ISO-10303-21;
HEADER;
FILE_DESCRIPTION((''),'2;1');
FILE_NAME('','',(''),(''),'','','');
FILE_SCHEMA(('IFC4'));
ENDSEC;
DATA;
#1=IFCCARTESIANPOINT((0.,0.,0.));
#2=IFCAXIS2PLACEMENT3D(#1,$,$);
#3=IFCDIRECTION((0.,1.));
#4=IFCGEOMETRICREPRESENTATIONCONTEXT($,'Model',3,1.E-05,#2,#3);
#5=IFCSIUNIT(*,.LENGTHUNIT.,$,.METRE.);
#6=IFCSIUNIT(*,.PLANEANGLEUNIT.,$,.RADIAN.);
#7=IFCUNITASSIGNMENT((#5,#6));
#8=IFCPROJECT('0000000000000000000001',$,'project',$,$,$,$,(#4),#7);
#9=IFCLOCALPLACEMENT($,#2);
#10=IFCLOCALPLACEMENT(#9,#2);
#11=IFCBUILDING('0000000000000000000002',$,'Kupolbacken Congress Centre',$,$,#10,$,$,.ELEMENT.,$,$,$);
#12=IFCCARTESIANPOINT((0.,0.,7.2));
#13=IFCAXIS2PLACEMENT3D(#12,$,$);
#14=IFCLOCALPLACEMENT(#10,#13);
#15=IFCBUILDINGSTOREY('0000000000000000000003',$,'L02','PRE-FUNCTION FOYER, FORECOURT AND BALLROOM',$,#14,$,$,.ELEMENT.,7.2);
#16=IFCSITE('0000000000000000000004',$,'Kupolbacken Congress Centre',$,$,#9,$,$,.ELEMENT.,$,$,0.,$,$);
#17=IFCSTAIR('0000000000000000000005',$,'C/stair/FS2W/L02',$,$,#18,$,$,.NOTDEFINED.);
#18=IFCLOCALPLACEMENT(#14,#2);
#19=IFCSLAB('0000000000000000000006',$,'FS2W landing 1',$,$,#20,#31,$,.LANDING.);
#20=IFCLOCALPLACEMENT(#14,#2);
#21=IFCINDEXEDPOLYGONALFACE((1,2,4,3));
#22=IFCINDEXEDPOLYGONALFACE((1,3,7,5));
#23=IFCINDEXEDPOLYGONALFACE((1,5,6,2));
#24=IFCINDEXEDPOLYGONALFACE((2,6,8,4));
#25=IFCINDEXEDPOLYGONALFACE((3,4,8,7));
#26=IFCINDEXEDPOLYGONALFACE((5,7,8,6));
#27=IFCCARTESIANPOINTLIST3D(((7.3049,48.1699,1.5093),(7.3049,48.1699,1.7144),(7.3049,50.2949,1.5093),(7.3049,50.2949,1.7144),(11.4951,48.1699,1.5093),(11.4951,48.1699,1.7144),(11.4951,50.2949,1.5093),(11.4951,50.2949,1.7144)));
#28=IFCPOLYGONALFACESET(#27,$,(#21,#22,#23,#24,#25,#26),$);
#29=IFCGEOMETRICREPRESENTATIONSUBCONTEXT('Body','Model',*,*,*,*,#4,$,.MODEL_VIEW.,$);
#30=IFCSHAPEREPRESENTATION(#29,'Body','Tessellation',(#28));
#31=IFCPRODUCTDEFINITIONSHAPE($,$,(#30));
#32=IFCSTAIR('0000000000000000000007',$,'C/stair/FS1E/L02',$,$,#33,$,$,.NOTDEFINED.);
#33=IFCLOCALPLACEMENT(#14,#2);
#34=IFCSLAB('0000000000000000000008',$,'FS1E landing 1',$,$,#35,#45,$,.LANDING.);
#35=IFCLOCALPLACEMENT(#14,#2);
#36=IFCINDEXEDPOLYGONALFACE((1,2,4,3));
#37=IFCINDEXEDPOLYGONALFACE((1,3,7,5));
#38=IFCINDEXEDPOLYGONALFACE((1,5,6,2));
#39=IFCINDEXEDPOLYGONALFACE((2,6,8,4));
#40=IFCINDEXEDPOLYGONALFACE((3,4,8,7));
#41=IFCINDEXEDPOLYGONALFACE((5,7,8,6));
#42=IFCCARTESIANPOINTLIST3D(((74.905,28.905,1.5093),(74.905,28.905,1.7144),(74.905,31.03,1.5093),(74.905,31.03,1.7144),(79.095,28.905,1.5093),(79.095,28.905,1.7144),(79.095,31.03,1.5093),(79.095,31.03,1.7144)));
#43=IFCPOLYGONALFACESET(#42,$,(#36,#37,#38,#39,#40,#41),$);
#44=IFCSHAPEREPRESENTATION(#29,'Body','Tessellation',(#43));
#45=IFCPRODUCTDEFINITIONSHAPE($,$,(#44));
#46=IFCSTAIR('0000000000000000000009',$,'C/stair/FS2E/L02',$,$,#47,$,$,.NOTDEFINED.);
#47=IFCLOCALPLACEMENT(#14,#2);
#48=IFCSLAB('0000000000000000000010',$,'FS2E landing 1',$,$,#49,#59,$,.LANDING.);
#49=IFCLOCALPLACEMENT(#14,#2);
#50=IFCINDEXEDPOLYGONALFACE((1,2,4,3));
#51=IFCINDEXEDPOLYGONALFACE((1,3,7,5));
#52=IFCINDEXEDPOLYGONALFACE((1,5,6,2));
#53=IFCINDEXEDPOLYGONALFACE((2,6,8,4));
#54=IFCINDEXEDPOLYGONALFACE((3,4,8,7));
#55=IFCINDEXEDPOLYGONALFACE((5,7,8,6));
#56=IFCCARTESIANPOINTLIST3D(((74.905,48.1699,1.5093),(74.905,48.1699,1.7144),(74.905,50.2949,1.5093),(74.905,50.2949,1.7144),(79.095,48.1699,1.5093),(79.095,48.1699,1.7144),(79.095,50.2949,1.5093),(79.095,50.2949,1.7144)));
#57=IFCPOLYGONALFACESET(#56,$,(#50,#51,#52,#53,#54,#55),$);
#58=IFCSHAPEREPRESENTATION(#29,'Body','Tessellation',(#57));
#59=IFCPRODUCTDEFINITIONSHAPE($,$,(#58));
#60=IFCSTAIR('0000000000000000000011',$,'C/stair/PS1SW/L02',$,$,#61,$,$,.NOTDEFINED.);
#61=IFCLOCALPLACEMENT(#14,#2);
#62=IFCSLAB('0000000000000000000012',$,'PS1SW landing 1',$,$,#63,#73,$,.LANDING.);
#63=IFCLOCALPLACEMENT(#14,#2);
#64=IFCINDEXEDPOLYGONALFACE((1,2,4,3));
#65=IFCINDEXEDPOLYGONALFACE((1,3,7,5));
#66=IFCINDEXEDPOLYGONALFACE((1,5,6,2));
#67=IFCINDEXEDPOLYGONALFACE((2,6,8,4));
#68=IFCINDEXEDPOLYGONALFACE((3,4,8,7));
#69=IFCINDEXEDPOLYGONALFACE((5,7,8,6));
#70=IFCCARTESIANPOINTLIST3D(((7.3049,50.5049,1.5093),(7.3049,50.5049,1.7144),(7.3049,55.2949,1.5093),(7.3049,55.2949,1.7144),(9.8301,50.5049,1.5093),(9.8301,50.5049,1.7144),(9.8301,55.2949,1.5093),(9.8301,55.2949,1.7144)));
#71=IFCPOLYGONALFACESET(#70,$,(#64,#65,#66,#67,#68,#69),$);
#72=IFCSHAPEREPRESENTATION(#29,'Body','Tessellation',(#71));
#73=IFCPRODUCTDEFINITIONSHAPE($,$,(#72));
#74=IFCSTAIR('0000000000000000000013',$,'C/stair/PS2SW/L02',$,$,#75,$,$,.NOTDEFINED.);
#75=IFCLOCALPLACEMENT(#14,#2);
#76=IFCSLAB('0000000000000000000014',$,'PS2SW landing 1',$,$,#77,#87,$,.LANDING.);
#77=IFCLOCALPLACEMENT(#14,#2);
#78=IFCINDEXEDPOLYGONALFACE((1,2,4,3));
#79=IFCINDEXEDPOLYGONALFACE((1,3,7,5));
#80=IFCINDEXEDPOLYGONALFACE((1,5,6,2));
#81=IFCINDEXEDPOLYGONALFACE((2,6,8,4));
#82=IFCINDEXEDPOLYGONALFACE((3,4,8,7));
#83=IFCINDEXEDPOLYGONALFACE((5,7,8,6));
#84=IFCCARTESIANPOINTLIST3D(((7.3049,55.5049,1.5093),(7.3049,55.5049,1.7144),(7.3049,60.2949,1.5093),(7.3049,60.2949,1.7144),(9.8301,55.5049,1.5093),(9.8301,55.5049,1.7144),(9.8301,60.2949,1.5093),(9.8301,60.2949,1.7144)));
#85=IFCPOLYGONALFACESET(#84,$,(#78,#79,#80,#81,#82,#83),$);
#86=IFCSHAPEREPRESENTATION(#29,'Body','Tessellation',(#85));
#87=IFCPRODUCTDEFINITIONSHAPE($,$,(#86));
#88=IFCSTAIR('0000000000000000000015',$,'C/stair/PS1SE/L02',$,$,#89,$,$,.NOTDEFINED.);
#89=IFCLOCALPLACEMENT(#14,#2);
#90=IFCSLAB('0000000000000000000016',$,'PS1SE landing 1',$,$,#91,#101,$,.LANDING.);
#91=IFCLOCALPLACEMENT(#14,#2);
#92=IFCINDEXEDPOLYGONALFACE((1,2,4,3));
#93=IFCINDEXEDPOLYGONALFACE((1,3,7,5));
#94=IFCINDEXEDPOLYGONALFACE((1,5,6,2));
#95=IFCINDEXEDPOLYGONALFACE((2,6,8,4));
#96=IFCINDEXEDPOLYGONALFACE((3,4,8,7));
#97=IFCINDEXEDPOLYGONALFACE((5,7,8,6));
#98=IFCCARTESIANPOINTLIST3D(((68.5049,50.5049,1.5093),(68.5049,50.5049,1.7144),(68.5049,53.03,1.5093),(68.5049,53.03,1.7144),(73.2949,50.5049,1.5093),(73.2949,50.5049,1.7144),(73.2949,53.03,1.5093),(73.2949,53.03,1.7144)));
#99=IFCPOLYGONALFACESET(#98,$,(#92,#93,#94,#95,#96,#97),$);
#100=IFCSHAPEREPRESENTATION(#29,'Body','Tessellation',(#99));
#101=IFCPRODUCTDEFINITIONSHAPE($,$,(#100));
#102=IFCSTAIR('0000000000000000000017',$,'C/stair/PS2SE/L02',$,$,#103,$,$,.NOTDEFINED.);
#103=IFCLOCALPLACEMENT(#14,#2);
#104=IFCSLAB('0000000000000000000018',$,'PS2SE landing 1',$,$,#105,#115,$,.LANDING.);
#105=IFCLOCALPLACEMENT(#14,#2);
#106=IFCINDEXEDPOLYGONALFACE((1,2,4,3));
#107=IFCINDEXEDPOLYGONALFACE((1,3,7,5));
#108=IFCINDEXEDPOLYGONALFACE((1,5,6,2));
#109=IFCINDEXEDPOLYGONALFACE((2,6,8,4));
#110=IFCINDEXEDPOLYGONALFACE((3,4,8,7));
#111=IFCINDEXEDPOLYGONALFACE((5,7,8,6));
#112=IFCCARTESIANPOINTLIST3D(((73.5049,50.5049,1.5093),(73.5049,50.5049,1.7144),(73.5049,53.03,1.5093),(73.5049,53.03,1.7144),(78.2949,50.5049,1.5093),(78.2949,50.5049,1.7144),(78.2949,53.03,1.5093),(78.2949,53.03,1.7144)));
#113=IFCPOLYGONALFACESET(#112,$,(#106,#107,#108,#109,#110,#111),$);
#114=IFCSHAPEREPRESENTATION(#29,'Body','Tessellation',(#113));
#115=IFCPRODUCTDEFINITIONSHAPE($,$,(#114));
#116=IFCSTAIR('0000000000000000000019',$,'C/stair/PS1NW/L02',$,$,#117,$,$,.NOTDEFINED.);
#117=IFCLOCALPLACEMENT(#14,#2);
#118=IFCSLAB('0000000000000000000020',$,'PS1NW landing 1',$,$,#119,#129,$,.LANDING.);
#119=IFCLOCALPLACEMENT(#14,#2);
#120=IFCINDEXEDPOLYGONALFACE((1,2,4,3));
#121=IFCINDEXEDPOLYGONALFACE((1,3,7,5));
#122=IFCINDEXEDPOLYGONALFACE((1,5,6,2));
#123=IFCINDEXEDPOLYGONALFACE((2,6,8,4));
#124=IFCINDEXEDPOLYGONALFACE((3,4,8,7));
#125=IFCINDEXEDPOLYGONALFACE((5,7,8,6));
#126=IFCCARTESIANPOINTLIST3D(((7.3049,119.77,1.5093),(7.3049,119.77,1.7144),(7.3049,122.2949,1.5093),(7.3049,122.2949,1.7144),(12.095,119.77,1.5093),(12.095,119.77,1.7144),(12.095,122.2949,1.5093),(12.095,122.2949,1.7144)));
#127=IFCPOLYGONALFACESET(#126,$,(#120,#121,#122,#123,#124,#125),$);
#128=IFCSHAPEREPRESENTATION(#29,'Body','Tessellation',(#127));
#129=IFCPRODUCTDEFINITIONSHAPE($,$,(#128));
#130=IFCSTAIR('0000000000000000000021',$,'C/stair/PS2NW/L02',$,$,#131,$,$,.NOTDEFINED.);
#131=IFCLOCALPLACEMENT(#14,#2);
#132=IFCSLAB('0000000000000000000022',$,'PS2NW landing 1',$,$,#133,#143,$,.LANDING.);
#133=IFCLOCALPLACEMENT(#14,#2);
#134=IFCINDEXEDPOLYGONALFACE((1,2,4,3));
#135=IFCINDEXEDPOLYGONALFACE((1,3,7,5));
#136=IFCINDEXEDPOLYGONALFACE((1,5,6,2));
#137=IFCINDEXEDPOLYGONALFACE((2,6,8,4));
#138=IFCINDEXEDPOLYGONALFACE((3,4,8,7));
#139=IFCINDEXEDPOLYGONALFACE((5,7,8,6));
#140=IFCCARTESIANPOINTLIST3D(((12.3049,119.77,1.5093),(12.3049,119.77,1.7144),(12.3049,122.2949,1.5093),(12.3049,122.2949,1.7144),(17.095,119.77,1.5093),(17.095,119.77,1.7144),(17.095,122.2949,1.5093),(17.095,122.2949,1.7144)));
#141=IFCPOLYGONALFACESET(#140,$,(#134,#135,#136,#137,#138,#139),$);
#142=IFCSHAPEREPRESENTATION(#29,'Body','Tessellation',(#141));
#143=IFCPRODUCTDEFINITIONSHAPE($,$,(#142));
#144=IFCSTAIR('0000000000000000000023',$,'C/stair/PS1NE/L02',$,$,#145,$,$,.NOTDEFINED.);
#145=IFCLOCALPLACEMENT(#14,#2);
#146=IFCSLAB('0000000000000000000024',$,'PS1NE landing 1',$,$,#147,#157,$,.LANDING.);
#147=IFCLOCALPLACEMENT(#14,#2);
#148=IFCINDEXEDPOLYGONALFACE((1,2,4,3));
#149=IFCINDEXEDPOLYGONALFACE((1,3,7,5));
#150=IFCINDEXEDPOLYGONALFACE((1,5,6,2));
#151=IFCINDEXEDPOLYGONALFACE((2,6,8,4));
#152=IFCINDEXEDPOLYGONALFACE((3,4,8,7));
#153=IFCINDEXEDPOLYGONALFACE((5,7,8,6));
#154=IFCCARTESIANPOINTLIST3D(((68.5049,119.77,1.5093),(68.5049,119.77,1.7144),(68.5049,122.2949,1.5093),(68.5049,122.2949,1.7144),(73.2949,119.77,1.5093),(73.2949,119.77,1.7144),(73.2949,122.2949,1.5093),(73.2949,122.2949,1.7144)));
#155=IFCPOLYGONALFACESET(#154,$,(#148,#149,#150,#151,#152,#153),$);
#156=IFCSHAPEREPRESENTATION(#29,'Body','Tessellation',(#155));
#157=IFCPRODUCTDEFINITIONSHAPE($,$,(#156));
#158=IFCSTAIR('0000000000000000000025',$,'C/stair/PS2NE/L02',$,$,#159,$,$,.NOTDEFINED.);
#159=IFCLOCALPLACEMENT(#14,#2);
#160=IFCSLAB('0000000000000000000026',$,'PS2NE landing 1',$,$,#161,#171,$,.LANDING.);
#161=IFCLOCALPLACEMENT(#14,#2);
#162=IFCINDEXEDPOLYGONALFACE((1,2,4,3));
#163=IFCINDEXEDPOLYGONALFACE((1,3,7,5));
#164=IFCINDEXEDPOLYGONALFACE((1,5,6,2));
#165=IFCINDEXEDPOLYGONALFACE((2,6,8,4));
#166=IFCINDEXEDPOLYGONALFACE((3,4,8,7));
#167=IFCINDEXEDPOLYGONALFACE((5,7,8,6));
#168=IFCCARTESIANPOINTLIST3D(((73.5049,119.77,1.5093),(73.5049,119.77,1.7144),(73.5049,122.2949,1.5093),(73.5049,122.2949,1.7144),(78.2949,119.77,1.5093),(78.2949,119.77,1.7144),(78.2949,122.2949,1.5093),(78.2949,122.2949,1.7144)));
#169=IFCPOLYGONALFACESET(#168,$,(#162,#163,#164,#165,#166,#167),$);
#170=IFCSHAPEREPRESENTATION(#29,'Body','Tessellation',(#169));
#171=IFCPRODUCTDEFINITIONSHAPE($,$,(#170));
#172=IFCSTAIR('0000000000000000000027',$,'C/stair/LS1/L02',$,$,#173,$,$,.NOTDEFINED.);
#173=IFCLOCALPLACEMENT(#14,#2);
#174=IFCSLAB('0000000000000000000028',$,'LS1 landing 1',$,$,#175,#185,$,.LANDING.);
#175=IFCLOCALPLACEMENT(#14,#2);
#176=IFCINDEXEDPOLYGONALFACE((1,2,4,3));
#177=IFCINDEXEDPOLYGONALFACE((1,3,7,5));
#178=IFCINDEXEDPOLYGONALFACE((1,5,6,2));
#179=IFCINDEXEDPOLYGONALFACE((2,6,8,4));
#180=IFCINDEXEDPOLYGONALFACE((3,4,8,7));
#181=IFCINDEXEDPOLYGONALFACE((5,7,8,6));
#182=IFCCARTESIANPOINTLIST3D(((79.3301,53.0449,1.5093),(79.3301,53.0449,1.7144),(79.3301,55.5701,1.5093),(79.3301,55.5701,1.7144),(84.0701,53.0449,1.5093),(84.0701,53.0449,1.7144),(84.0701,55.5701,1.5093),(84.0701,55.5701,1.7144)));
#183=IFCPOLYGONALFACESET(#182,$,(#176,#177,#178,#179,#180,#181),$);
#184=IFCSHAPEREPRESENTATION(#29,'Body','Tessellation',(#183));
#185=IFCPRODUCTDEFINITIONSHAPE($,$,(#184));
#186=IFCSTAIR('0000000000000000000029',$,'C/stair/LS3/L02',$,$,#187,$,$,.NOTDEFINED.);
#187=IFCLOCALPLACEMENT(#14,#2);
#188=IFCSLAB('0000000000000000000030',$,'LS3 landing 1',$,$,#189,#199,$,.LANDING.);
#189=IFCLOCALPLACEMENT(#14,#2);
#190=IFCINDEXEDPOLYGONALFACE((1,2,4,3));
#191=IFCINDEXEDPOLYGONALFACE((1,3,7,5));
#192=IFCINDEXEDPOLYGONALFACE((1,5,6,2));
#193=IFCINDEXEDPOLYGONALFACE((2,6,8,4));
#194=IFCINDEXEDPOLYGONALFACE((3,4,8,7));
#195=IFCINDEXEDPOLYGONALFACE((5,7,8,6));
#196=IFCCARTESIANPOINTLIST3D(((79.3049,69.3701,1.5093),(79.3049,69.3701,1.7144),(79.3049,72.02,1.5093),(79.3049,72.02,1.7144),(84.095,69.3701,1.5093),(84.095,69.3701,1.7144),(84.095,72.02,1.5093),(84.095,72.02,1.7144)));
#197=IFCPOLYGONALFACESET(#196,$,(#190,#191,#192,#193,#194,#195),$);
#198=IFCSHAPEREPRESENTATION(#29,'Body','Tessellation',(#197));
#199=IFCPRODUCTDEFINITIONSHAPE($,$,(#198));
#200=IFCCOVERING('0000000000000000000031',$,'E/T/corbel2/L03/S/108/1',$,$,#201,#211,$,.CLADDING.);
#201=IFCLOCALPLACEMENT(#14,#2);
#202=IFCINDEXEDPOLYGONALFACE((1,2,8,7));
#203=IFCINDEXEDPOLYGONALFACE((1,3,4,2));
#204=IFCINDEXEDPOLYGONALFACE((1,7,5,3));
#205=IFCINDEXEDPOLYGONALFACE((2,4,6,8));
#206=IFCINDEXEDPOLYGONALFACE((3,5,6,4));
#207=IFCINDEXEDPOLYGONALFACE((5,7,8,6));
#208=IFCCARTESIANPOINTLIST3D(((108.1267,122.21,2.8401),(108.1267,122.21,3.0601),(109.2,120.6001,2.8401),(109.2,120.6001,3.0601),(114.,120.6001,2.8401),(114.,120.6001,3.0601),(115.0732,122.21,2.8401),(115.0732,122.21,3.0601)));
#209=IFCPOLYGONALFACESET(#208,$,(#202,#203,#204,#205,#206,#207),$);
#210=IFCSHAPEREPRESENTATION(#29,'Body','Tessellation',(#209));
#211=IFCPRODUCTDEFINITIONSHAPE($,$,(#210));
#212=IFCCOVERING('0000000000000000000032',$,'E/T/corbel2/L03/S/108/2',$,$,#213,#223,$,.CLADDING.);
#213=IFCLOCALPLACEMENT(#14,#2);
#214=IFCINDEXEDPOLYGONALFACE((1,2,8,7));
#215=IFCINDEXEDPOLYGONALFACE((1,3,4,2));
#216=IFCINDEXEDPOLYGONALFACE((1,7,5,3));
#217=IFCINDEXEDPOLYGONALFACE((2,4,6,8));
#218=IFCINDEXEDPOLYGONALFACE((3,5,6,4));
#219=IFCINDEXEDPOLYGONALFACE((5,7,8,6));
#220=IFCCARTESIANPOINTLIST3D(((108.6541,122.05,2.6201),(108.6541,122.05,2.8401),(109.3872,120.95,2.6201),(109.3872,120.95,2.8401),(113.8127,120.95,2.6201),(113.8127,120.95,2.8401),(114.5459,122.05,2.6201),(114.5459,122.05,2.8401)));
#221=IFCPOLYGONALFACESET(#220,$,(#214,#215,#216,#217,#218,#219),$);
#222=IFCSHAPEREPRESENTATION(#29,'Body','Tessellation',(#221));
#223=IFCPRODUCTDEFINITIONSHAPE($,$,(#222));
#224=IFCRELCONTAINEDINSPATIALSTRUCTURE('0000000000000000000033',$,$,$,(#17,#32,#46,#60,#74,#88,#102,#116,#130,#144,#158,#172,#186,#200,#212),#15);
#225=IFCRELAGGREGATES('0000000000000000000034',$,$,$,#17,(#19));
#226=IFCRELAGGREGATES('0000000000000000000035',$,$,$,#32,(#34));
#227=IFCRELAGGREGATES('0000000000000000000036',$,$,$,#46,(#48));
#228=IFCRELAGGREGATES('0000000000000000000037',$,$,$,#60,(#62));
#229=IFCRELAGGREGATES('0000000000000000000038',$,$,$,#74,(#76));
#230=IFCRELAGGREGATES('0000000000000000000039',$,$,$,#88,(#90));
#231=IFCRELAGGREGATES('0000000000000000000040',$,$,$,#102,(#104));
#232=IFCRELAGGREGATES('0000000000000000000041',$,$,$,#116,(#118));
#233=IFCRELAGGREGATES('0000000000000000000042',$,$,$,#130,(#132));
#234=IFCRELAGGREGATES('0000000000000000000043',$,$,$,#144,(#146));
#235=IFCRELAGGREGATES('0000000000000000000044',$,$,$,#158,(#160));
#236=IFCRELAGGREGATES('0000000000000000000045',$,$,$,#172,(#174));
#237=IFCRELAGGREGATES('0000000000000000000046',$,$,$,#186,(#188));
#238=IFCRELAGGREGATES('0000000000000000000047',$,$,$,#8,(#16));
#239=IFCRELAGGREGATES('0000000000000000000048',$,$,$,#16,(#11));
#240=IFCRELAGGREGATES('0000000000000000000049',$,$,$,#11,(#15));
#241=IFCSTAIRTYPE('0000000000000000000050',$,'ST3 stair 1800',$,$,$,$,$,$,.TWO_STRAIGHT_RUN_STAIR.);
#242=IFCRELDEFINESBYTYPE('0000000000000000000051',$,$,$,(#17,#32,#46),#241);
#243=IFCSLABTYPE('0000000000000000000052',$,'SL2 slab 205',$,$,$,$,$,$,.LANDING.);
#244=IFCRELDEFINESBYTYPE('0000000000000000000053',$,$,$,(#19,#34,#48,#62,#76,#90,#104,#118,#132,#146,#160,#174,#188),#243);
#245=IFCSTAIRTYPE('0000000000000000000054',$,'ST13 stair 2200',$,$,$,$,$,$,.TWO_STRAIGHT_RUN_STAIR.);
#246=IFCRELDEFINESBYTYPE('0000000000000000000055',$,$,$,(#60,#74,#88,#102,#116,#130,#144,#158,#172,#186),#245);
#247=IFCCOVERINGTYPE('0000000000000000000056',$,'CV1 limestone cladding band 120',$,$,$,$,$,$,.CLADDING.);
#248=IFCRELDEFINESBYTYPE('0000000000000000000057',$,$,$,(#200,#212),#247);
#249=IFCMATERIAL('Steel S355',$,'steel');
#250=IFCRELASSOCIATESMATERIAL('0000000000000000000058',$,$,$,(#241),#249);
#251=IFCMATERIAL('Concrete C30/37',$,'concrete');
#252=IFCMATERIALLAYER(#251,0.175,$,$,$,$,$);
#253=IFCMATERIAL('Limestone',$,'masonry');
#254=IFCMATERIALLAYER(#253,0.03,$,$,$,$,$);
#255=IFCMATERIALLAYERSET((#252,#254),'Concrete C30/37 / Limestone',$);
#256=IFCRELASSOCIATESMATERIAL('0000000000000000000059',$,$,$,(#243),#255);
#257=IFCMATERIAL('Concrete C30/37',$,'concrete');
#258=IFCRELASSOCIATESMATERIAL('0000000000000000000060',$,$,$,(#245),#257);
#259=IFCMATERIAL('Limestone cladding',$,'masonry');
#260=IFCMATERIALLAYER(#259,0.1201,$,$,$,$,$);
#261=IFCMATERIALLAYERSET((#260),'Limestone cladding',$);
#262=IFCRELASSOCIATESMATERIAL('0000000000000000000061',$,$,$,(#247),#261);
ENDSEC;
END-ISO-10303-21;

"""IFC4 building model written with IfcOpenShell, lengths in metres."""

from ifc_helpers import new_model, si_unit, direction, frame, origin, place, context, subcontext, project, spatial, polyline, outline, extrude, material, layer, layer_set, type_object, element, aggregate, save


model = new_model("IFC4")

# Units and contexts
model_context = context("Model", 3, precision=1e-05, world=origin(), true_north=direction((0.0, 1.0)))
body_context = subcontext(model_context, "Body", "Model", "MODEL_VIEW")
ifc_project = project(units=[si_unit("LENGTHUNIT", "METRE"), si_unit("PLANEANGLEUNIT", "RADIAN")], contexts=[model_context])

# Site, building, storey
site_placement = place(None, origin())
site = spatial("IfcSite", under=ifc_project, at=site_placement, Name="Kupolbacken Congress Centre", CompositionType="ELEMENT", RefElevation=0.0)
building_placement = place(site_placement, origin())
building = spatial("IfcBuilding", under=site, at=building_placement, Name="Kupolbacken Congress Centre", CompositionType="ELEMENT")
storey_placement = place(building_placement, frame((0.0, 0.0, 7.2)))
storey = spatial("IfcBuildingStorey", under=building, at=storey_placement, Name="L02", Description="PRE-FUNCTION FOYER, FORECOURT AND BALLROOM", CompositionType="ELEMENT", Elevation=7.2)

# Stairs, slabs
ifc_material_1 = material(Name="Steel S355", Category="steel")
stair_type_1 = type_object("IfcStairType", Name="ST3 stair 1800", PredefinedType="TWO_STRAIGHT_RUN_STAIR", material=ifc_material_1)
stair_1_placement = place(storey_placement, origin())
stair_1 = element("IfcStair", 1, at=stair_1_placement, inside=storey, type_object=stair_type_1, Name="C/stair/FS2W/L02", PredefinedType="NOTDEFINED")
ifc_material_2 = material(Name="Concrete C30/37", Category="concrete")
ifc_layer_1 = layer(ifc_material_2, 0.175)
ifc_material_3 = material(Name="Limestone", Category="masonry")
ifc_layer_2 = layer(ifc_material_3, 0.03)
ifc_layer_set_1 = layer_set([ifc_layer_1, ifc_layer_2], Name="Concrete C30/37 / Limestone")
slab_type = type_object("IfcSlabType", Name="SL2 slab 205", PredefinedType="LANDING", material=ifc_layer_set_1)
slab_1_placement = place(storey_placement, frame((0.0, 0.0, 1.5093)))
slab_1 = element("IfcSlab", 2, at=slab_1_placement, type_object=slab_type, Name="FS2W landing 1", PredefinedType="LANDING", context=body_context, shape_type="SweptSolid", body=[
    extrude(outline(polyline([(7.3049, 48.1699), (11.4951, 48.1699), (11.4951, 50.2949), (7.3049, 50.2949), (7.3049, 48.1699)])), origin(), (0.0, 0.0, 1.0), 0.2051),
])
aggregate(stair_1, [slab_1])
stair_2_placement = place(storey_placement, origin())
stair_2 = element("IfcStair", 3, at=stair_2_placement, inside=storey, type_object=stair_type_1, Name="C/stair/FS1E/L02", PredefinedType="NOTDEFINED")
slab_2_placement = place(storey_placement, frame((0.0, 0.0, 1.5093)))
slab_2 = element("IfcSlab", 4, at=slab_2_placement, type_object=slab_type, Name="FS1E landing 1", PredefinedType="LANDING", context=body_context, shape_type="SweptSolid", body=[
    extrude(outline(polyline([(74.905, 28.905), (79.095, 28.905), (79.095, 31.03), (74.905, 31.03), (74.905, 28.905)])), origin(), (0.0, 0.0, 1.0), 0.2051),
])
aggregate(stair_2, [slab_2])
stair_3_placement = place(storey_placement, origin())
stair_3 = element("IfcStair", 5, at=stair_3_placement, inside=storey, type_object=stair_type_1, Name="C/stair/FS2E/L02", PredefinedType="NOTDEFINED")
slab_3_placement = place(storey_placement, frame((0.0, 0.0, 1.5093)))
slab_3 = element("IfcSlab", 6, at=slab_3_placement, type_object=slab_type, Name="FS2E landing 1", PredefinedType="LANDING", context=body_context, shape_type="SweptSolid", body=[
    extrude(outline(polyline([(74.905, 48.1699), (79.095, 48.1699), (79.095, 50.2949), (74.905, 50.2949), (74.905, 48.1699)])), origin(), (0.0, 0.0, 1.0), 0.2051),
])
aggregate(stair_3, [slab_3])
ifc_material_4 = material(Name="Concrete C30/37", Category="concrete")
stair_type_2 = type_object("IfcStairType", Name="ST13 stair 2200", PredefinedType="TWO_STRAIGHT_RUN_STAIR", material=ifc_material_4)
stair_4_placement = place(storey_placement, origin())
stair_4 = element("IfcStair", 7, at=stair_4_placement, inside=storey, type_object=stair_type_2, Name="C/stair/PS1SW/L02", PredefinedType="NOTDEFINED")
slab_4_placement = place(storey_placement, frame((0.0, 0.0, 1.5093)))
slab_4 = element("IfcSlab", 8, at=slab_4_placement, type_object=slab_type, Name="PS1SW landing 1", PredefinedType="LANDING", context=body_context, shape_type="SweptSolid", body=[
    extrude(outline(polyline([(7.3049, 50.5049), (9.8301, 50.5049), (9.8301, 55.2949), (7.3049, 55.2949), (7.3049, 50.5049)])), origin(), (0.0, 0.0, 1.0), 0.2051),
])
aggregate(stair_4, [slab_4])
stair_5_placement = place(storey_placement, origin())
stair_5 = element("IfcStair", 9, at=stair_5_placement, inside=storey, type_object=stair_type_2, Name="C/stair/PS2SW/L02", PredefinedType="NOTDEFINED")
slab_5_placement = place(storey_placement, frame((0.0, 0.0, 1.5093)))
slab_5 = element("IfcSlab", 10, at=slab_5_placement, type_object=slab_type, Name="PS2SW landing 1", PredefinedType="LANDING", context=body_context, shape_type="SweptSolid", body=[
    extrude(outline(polyline([(7.3049, 55.5049), (9.8301, 55.5049), (9.8301, 60.2949), (7.3049, 60.2949), (7.3049, 55.5049)])), origin(), (0.0, 0.0, 1.0), 0.2051),
])
aggregate(stair_5, [slab_5])
stair_6_placement = place(storey_placement, origin())
stair_6 = element("IfcStair", 11, at=stair_6_placement, inside=storey, type_object=stair_type_2, Name="C/stair/PS1SE/L02", PredefinedType="NOTDEFINED")
slab_6_placement = place(storey_placement, frame((0.0, 0.0, 1.5093)))
slab_6 = element("IfcSlab", 12, at=slab_6_placement, type_object=slab_type, Name="PS1SE landing 1", PredefinedType="LANDING", context=body_context, shape_type="SweptSolid", body=[
    extrude(outline(polyline([(68.5049, 50.5049), (73.2949, 50.5049), (73.2949, 53.03), (68.5049, 53.03), (68.5049, 50.5049)])), origin(), (0.0, 0.0, 1.0), 0.2051),
])
aggregate(stair_6, [slab_6])
stair_7_placement = place(storey_placement, origin())
stair_7 = element("IfcStair", 13, at=stair_7_placement, inside=storey, type_object=stair_type_2, Name="C/stair/PS2SE/L02", PredefinedType="NOTDEFINED")
slab_7_placement = place(storey_placement, frame((0.0, 0.0, 1.5093)))
slab_7 = element("IfcSlab", 14, at=slab_7_placement, type_object=slab_type, Name="PS2SE landing 1", PredefinedType="LANDING", context=body_context, shape_type="SweptSolid", body=[
    extrude(outline(polyline([(73.5049, 50.5049), (78.2949, 50.5049), (78.2949, 53.03), (73.5049, 53.03), (73.5049, 50.5049)])), origin(), (0.0, 0.0, 1.0), 0.2051),
])
aggregate(stair_7, [slab_7])
stair_8_placement = place(storey_placement, origin())
stair_8 = element("IfcStair", 15, at=stair_8_placement, inside=storey, type_object=stair_type_2, Name="C/stair/PS1NW/L02", PredefinedType="NOTDEFINED")
slab_8_placement = place(storey_placement, frame((0.0, 0.0, 1.5093)))
slab_8 = element("IfcSlab", 16, at=slab_8_placement, type_object=slab_type, Name="PS1NW landing 1", PredefinedType="LANDING", context=body_context, shape_type="SweptSolid", body=[
    extrude(outline(polyline([(7.3049, 119.77), (12.095, 119.77), (12.095, 122.2949), (7.3049, 122.2949), (7.3049, 119.77)])), origin(), (0.0, 0.0, 1.0), 0.2051),
])
aggregate(stair_8, [slab_8])
stair_9_placement = place(storey_placement, origin())
stair_9 = element("IfcStair", 17, at=stair_9_placement, inside=storey, type_object=stair_type_2, Name="C/stair/PS2NW/L02", PredefinedType="NOTDEFINED")
slab_9_placement = place(storey_placement, frame((0.0, 0.0, 1.5093)))
slab_9 = element("IfcSlab", 18, at=slab_9_placement, type_object=slab_type, Name="PS2NW landing 1", PredefinedType="LANDING", context=body_context, shape_type="SweptSolid", body=[
    extrude(outline(polyline([(12.3049, 119.77), (17.095, 119.77), (17.095, 122.2949), (12.3049, 122.2949), (12.3049, 119.77)])), origin(), (0.0, 0.0, 1.0), 0.2051),
])
aggregate(stair_9, [slab_9])
stair_10_placement = place(storey_placement, origin())
stair_10 = element("IfcStair", 19, at=stair_10_placement, inside=storey, type_object=stair_type_2, Name="C/stair/PS1NE/L02", PredefinedType="NOTDEFINED")
slab_10_placement = place(storey_placement, frame((0.0, 0.0, 1.5093)))
slab_10 = element("IfcSlab", 20, at=slab_10_placement, type_object=slab_type, Name="PS1NE landing 1", PredefinedType="LANDING", context=body_context, shape_type="SweptSolid", body=[
    extrude(outline(polyline([(68.5049, 119.77), (73.2949, 119.77), (73.2949, 122.2949), (68.5049, 122.2949), (68.5049, 119.77)])), origin(), (0.0, 0.0, 1.0), 0.2051),
])
aggregate(stair_10, [slab_10])
stair_11_placement = place(storey_placement, origin())
stair_11 = element("IfcStair", 21, at=stair_11_placement, inside=storey, type_object=stair_type_2, Name="C/stair/PS2NE/L02", PredefinedType="NOTDEFINED")
slab_11_placement = place(storey_placement, frame((0.0, 0.0, 1.5093)))
slab_11 = element("IfcSlab", 22, at=slab_11_placement, type_object=slab_type, Name="PS2NE landing 1", PredefinedType="LANDING", context=body_context, shape_type="SweptSolid", body=[
    extrude(outline(polyline([(73.5049, 119.77), (78.2949, 119.77), (78.2949, 122.2949), (73.5049, 122.2949), (73.5049, 119.77)])), origin(), (0.0, 0.0, 1.0), 0.2051),
])
aggregate(stair_11, [slab_11])
stair_12_placement = place(storey_placement, origin())
stair_12 = element("IfcStair", 23, at=stair_12_placement, inside=storey, type_object=stair_type_2, Name="C/stair/LS1/L02", PredefinedType="NOTDEFINED")
slab_12_placement = place(storey_placement, frame((0.0, 0.0, 1.5093)))
slab_12 = element("IfcSlab", 24, at=slab_12_placement, type_object=slab_type, Name="LS1 landing 1", PredefinedType="LANDING", context=body_context, shape_type="SweptSolid", body=[
    extrude(outline(polyline([(79.3301, 53.0449), (84.0701, 53.0449), (84.0701, 55.5701), (79.3301, 55.5701), (79.3301, 53.0449)])), origin(), (0.0, 0.0, 1.0), 0.2051),
])
aggregate(stair_12, [slab_12])
stair_13_placement = place(storey_placement, origin())
stair_13 = element("IfcStair", 25, at=stair_13_placement, inside=storey, type_object=stair_type_2, Name="C/stair/LS3/L02", PredefinedType="NOTDEFINED")
slab_13_placement = place(storey_placement, frame((0.0, 0.0, 1.5093)))
slab_13 = element("IfcSlab", 26, at=slab_13_placement, type_object=slab_type, Name="LS3 landing 1", PredefinedType="LANDING", context=body_context, shape_type="SweptSolid", body=[
    extrude(outline(polyline([(79.3049, 69.3701), (84.095, 69.3701), (84.095, 72.02), (79.3049, 72.02), (79.3049, 69.3701)])), origin(), (0.0, 0.0, 1.0), 0.2051),
])
aggregate(stair_13, [slab_13])

# Coverings
ifc_material_5 = material(Name="Limestone cladding", Category="masonry")
ifc_layer_3 = layer(ifc_material_5, 0.1201)
ifc_layer_set_2 = layer_set([ifc_layer_3], Name="Limestone cladding")
covering_type = type_object("IfcCoveringType", Name="CV1 limestone cladding band 120", PredefinedType="CLADDING", material=ifc_layer_set_2)
covering_1_placement = place(storey_placement, frame((0.0, 0.0, 2.8401)))
element("IfcCovering", 27, at=covering_1_placement, inside=storey, type_object=covering_type, Name="E/T/corbel2/L03/S/108/1", PredefinedType="CLADDING", context=body_context, shape_type="SweptSolid", body=[
    extrude(outline(polyline([(115.0732, 122.21), (108.1267, 122.21), (109.2, 120.6001), (114.0, 120.6001), (115.0732, 122.21)])), origin(), (0.0, 0.0, 1.0), 0.22),
])
covering_2_placement = place(storey_placement, frame((0.0, 0.0, 2.6201)))
element("IfcCovering", 28, at=covering_2_placement, inside=storey, type_object=covering_type, Name="E/T/corbel2/L03/S/108/2", PredefinedType="CLADDING", context=body_context, shape_type="SweptSolid", body=[
    extrude(outline(polyline([(108.6541, 122.05), (109.3872, 120.95), (113.8127, 120.95), (114.5459, 122.05), (108.6541, 122.05)])), origin(), (0.0, 0.0, 1.0), 0.22),
])

save(model, "model.ifc")
